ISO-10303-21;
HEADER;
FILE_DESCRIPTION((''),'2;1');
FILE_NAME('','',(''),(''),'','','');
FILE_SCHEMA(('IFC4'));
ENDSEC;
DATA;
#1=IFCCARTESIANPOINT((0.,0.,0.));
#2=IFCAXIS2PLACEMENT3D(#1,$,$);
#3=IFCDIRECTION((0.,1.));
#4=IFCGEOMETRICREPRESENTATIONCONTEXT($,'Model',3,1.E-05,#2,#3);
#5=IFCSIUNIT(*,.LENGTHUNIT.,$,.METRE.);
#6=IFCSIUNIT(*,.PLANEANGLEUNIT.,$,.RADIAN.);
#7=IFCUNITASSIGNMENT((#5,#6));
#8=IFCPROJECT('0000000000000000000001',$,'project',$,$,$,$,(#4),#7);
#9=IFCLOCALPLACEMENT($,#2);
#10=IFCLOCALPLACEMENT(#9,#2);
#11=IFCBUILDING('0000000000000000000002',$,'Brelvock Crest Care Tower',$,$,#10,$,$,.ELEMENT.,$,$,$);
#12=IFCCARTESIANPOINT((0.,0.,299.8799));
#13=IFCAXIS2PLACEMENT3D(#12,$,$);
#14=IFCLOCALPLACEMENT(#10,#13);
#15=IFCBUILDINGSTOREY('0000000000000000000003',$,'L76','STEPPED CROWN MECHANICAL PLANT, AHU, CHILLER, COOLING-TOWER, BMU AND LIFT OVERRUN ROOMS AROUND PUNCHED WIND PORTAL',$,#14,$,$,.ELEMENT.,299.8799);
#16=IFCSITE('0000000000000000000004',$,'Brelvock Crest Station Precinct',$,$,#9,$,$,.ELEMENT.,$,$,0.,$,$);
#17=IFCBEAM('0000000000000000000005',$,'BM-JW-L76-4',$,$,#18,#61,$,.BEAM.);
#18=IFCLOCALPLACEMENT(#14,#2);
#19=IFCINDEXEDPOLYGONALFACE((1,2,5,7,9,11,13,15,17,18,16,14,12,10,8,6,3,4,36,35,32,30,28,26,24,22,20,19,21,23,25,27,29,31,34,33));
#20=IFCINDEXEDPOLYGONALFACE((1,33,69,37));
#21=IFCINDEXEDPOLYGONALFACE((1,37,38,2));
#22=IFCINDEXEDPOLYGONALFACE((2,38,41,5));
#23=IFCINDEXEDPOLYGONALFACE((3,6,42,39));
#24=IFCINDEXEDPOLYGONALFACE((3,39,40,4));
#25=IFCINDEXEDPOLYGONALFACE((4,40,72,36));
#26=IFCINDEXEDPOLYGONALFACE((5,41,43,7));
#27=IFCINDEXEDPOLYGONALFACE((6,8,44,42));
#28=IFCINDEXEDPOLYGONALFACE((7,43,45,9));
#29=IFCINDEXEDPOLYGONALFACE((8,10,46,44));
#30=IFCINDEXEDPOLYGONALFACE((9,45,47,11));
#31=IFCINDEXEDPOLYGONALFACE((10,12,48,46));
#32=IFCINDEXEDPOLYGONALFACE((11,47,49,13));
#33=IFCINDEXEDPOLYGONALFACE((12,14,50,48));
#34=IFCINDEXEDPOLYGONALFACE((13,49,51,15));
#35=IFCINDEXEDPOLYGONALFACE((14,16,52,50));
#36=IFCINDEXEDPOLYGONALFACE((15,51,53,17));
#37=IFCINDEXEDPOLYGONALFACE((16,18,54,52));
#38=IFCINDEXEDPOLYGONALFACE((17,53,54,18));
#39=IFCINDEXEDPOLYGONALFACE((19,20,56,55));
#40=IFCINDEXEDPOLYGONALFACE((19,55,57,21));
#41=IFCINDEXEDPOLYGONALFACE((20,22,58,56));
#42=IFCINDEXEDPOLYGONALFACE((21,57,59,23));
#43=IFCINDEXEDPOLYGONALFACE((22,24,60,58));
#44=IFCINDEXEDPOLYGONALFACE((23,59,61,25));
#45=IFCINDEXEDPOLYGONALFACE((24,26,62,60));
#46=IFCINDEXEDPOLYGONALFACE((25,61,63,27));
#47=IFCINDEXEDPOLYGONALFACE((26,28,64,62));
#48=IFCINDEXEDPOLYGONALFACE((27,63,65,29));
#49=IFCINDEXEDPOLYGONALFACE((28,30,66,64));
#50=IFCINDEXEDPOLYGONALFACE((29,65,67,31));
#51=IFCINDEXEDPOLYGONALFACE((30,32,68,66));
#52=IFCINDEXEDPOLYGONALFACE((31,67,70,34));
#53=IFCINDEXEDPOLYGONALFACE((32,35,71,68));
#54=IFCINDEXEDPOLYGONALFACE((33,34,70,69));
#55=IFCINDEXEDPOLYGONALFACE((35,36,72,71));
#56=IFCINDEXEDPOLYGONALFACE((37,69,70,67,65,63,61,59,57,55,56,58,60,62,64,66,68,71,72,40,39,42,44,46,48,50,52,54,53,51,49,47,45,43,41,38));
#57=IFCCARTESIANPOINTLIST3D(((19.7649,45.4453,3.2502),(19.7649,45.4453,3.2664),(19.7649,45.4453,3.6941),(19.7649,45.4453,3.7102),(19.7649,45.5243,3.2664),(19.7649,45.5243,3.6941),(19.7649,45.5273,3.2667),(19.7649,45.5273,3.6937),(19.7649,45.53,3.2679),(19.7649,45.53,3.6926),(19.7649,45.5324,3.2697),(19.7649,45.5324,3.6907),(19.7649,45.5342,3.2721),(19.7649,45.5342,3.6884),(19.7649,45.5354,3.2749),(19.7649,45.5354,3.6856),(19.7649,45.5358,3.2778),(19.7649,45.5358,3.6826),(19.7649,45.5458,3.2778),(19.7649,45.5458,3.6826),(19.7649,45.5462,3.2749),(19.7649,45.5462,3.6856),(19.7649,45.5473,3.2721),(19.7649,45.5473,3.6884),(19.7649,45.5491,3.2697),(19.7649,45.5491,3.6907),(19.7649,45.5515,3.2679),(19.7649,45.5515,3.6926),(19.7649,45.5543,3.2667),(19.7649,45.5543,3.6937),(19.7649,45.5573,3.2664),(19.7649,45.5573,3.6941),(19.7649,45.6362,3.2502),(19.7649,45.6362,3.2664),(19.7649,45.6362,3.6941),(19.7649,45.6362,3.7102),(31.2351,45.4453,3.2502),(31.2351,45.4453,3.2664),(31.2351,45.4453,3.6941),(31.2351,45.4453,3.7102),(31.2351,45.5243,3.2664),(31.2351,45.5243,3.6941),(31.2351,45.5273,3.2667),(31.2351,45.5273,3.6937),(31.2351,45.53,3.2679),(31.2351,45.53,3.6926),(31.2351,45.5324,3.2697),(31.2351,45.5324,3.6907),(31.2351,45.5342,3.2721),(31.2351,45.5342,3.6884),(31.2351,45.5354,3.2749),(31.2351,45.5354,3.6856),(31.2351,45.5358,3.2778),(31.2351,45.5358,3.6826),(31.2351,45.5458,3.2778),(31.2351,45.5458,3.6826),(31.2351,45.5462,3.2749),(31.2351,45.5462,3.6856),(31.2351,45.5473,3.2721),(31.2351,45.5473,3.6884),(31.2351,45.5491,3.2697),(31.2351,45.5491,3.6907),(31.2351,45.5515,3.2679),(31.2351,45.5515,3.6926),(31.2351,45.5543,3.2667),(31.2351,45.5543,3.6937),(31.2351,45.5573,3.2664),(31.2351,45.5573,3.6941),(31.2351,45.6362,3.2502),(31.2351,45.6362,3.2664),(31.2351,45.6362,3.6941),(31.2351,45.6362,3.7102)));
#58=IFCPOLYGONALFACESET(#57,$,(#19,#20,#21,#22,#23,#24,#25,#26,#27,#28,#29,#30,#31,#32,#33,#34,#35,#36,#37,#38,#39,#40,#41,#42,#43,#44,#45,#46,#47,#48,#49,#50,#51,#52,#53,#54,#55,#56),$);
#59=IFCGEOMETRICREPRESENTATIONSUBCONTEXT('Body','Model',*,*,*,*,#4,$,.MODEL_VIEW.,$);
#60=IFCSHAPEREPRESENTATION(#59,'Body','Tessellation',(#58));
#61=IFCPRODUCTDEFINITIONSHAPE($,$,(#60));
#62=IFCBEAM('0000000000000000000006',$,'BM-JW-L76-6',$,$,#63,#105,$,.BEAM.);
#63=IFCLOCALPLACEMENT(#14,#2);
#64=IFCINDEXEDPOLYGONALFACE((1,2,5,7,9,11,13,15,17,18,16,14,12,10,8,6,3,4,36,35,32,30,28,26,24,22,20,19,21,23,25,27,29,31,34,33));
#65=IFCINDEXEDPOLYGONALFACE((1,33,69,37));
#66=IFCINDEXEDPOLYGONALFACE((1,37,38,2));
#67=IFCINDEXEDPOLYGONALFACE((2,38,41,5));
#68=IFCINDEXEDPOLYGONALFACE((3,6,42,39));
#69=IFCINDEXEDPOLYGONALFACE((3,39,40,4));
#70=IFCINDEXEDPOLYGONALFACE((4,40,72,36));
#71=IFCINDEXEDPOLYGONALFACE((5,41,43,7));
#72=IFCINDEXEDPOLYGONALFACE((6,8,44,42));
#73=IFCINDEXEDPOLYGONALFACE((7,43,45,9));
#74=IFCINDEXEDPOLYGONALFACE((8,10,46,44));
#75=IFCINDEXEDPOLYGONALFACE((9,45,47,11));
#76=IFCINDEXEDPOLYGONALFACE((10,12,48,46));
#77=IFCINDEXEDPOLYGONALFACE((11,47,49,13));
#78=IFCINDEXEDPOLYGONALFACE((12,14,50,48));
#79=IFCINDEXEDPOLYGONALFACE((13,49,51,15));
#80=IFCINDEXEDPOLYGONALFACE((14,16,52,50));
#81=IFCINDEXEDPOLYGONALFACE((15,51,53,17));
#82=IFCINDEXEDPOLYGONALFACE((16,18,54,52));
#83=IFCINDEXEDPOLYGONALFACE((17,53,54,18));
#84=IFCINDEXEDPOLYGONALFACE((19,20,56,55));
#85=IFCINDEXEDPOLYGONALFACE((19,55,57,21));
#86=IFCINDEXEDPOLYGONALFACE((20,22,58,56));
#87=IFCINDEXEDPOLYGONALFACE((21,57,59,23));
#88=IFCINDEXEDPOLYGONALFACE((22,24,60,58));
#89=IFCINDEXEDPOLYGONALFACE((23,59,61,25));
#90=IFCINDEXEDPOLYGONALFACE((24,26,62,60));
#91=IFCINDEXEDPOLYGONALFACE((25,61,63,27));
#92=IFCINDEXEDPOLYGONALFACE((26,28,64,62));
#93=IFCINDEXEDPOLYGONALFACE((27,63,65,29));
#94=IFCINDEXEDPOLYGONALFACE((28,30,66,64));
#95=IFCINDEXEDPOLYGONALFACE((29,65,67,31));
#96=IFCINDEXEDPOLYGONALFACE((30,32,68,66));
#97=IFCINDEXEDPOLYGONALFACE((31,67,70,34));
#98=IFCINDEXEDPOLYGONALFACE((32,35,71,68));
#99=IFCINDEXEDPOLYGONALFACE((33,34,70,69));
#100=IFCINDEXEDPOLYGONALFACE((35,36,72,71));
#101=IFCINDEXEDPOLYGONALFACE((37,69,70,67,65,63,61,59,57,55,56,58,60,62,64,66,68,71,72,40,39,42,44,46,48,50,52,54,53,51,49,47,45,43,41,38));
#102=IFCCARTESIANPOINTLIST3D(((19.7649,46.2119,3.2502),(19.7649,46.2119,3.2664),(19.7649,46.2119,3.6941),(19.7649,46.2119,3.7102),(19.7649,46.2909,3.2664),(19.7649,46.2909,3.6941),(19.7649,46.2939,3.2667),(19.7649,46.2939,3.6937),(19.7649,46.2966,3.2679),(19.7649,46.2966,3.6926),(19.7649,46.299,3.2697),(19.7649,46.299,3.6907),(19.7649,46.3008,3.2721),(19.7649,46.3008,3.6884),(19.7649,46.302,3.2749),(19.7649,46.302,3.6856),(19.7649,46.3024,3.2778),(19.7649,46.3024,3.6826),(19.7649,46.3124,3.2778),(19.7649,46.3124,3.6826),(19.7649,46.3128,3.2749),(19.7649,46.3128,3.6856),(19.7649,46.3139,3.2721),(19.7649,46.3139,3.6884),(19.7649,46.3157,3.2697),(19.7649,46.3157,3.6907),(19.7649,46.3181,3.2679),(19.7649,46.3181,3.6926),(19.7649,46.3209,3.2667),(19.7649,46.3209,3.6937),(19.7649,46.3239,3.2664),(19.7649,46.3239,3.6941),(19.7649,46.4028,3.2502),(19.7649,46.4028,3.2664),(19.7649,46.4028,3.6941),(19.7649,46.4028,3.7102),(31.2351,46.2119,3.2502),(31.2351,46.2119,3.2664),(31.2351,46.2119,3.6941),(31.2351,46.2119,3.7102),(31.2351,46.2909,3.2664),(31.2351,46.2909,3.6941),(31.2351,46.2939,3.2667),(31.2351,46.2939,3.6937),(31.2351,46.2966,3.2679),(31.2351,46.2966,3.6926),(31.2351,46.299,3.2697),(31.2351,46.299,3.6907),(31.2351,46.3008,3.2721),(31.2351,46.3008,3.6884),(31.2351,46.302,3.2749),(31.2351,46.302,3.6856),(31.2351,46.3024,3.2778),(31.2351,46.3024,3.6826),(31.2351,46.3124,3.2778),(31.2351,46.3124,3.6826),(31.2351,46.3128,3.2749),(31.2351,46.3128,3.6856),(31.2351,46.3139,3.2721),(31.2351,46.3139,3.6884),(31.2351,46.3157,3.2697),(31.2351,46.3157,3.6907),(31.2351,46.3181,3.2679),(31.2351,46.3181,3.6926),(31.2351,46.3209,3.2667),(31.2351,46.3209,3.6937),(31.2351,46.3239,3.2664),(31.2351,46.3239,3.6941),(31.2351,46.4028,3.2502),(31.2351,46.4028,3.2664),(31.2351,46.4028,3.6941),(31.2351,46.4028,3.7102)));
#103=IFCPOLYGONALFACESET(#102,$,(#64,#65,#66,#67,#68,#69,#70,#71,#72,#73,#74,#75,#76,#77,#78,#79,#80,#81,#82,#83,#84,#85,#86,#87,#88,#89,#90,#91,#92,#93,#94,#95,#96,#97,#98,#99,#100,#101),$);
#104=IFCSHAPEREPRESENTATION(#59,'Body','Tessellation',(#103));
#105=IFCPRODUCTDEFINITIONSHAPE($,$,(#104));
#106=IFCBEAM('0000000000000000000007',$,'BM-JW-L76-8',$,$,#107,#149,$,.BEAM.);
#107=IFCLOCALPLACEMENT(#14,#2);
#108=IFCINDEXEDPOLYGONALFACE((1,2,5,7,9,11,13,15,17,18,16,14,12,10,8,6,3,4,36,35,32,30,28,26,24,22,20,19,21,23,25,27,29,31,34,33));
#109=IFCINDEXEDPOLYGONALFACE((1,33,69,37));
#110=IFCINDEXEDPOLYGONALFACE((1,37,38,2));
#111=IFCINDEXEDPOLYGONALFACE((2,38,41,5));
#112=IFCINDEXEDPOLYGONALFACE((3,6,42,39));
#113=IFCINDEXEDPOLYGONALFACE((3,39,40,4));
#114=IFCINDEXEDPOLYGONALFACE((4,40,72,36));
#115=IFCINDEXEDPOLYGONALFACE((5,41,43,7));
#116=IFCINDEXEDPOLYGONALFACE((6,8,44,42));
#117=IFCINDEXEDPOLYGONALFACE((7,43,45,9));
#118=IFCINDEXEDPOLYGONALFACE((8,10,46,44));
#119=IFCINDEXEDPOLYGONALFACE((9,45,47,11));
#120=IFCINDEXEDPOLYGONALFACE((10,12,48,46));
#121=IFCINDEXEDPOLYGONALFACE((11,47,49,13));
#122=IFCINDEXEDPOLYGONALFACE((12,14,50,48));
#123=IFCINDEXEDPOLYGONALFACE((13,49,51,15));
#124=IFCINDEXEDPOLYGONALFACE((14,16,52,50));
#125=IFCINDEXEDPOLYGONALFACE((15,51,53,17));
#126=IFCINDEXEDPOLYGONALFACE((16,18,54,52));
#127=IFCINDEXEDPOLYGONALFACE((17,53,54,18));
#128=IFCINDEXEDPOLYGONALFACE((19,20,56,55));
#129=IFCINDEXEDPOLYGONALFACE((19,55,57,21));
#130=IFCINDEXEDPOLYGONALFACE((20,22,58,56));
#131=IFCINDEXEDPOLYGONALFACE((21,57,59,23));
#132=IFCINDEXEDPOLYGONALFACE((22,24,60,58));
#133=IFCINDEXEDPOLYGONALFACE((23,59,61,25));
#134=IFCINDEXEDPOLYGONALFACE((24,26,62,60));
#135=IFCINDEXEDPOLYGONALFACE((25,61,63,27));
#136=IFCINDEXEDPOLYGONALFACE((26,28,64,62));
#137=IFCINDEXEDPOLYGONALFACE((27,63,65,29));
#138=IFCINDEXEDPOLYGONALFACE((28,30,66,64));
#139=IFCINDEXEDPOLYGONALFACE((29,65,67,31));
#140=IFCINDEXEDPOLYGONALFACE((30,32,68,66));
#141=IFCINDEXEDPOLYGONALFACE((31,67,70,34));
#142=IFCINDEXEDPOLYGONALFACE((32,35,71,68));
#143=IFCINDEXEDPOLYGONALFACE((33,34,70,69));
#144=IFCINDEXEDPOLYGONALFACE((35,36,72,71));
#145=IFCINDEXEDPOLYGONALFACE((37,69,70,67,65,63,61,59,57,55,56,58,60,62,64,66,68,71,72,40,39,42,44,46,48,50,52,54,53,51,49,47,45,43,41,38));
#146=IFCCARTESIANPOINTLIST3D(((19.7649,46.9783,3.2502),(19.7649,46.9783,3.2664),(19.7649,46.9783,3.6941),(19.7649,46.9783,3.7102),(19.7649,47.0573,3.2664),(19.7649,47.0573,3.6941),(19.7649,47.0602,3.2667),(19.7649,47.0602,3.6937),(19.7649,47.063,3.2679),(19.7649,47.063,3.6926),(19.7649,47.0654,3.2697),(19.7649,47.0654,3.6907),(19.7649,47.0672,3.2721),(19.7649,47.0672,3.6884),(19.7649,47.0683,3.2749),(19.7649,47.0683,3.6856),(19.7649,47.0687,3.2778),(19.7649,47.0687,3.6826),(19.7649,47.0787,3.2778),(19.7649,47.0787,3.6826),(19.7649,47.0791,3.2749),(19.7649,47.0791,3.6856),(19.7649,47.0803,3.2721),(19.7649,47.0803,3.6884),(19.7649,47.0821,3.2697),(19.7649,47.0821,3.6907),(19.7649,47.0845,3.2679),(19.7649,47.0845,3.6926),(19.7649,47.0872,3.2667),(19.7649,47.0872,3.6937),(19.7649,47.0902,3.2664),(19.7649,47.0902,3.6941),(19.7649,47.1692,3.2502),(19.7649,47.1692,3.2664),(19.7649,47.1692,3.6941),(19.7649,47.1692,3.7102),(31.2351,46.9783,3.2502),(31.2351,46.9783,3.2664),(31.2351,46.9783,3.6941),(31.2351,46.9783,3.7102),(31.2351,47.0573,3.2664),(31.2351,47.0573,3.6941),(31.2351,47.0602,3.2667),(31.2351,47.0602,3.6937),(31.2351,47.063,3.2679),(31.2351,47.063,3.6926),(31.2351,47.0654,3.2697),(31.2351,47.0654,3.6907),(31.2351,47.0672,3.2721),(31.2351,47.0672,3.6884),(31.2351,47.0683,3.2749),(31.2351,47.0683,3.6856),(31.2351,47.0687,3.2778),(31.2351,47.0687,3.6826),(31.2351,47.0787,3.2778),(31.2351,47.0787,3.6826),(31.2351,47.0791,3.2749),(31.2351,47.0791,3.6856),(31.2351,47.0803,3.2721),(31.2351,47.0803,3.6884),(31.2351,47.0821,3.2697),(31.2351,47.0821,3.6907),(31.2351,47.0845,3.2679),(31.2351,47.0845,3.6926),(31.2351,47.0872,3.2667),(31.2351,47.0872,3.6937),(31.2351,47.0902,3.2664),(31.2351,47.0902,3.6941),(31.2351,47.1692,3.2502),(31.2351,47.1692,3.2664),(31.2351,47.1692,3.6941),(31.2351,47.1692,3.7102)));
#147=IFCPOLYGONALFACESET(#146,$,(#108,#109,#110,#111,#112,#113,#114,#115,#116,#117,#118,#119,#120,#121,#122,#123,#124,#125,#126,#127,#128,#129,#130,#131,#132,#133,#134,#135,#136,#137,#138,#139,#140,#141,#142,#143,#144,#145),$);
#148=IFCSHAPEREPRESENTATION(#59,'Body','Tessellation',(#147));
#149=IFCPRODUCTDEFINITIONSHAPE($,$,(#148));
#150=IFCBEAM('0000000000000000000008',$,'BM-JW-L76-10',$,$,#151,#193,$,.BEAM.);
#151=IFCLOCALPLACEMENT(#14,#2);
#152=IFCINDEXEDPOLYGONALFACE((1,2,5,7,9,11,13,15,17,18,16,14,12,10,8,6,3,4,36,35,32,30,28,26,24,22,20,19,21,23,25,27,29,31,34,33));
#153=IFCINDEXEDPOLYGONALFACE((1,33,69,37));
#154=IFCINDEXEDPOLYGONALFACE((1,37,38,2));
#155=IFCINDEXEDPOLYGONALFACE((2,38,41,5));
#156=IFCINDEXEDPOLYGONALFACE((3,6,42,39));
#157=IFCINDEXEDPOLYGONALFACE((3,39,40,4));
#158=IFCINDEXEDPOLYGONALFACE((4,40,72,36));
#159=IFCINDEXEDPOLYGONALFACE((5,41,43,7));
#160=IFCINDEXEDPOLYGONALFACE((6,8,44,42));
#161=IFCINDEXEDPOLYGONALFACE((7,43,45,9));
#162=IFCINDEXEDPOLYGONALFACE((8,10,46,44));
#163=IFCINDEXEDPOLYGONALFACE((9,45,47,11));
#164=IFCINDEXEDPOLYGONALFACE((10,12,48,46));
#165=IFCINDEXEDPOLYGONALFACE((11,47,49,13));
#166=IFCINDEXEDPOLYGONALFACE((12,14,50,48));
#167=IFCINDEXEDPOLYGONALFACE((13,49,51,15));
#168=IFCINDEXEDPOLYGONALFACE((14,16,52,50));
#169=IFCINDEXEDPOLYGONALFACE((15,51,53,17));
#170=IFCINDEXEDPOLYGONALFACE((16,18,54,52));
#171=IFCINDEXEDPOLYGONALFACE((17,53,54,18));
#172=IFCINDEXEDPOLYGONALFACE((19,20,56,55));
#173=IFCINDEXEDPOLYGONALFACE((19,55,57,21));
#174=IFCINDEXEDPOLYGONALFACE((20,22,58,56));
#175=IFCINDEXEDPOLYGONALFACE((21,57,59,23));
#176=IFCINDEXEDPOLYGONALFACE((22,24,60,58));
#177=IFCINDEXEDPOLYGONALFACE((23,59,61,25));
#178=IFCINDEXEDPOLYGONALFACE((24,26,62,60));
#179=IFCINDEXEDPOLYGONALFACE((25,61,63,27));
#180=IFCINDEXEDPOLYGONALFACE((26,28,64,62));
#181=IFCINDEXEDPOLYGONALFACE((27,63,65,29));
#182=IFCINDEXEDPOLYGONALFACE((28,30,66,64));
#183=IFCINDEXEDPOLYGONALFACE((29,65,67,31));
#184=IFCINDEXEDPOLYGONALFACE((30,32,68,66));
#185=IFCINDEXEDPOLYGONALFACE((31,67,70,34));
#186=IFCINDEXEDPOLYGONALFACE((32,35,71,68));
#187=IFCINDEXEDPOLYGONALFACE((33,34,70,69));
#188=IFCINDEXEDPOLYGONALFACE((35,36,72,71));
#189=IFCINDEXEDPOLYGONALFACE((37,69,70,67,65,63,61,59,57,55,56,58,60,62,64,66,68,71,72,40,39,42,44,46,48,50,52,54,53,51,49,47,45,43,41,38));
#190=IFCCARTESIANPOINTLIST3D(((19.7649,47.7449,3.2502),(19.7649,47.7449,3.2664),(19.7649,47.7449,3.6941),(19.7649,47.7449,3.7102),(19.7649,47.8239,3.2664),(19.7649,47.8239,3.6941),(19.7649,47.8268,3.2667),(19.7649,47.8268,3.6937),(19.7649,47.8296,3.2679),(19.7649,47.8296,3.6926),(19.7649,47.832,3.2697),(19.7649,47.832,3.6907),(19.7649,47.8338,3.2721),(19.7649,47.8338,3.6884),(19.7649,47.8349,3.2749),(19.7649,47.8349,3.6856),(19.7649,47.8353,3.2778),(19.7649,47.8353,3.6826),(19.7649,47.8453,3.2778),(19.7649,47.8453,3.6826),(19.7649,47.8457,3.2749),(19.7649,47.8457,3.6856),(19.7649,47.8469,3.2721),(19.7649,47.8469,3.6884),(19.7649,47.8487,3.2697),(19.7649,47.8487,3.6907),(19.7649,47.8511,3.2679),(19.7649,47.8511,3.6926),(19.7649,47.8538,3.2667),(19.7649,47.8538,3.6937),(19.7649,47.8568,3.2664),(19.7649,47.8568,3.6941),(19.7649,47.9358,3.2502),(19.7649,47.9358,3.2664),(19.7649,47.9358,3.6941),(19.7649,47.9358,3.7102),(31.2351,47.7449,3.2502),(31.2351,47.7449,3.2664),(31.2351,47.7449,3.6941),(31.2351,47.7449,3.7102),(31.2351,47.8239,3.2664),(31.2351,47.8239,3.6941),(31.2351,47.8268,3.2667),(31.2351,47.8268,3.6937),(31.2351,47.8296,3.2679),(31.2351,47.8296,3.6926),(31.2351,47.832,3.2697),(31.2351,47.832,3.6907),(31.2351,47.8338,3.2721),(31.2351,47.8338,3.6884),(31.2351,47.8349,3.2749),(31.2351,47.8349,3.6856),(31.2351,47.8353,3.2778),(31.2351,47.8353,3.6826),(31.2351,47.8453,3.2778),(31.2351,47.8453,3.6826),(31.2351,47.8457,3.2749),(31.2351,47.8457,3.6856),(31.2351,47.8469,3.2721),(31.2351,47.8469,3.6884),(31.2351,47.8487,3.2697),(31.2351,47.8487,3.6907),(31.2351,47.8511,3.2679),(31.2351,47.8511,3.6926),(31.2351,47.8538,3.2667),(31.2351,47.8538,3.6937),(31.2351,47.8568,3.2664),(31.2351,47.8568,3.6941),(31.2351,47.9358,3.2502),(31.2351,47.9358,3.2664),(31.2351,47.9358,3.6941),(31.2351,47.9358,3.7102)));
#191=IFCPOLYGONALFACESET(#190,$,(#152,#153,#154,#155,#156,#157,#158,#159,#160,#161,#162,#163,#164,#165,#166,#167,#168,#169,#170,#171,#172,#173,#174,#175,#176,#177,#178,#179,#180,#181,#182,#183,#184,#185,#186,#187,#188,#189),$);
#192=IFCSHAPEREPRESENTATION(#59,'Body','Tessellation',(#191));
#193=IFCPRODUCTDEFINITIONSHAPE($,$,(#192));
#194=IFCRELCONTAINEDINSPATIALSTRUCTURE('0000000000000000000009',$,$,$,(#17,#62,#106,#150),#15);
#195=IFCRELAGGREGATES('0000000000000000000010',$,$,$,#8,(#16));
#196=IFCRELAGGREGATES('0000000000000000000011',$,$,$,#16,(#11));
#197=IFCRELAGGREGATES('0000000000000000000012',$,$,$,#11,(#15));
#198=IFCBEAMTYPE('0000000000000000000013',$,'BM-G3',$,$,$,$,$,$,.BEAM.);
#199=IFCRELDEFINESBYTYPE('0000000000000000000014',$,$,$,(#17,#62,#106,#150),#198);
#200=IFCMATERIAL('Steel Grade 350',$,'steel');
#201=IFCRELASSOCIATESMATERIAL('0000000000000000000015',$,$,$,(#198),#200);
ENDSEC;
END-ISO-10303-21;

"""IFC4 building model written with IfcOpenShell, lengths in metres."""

from ifc_helpers import new_model, si_unit, direction, frame, origin, origin_2d, place, context, subcontext, project, spatial, i_section, extrude, source, transform, mapped, material, material_profile, profile_set, type_object, element, save


model = new_model("IFC4")

# Units and contexts
model_context = context("Model", 3, precision=1e-05, world=origin(), true_north=direction((0.0, 1.0)))
body_context = subcontext(model_context, "Body", "Model", "MODEL_VIEW")
ifc_project = project(units=[si_unit("LENGTHUNIT", "METRE"), si_unit("PLANEANGLEUNIT", "RADIAN")], contexts=[model_context])

# Site, building, storey
site_placement = place(None, origin())
site = spatial("IfcSite", under=ifc_project, at=site_placement, Name="Brelvock Crest Station Precinct", CompositionType="ELEMENT", RefElevation=0.0)
building_placement = place(site_placement, origin())
building = spatial("IfcBuilding", under=site, at=building_placement, Name="Brelvock Crest Care Tower", CompositionType="ELEMENT")
storey_placement = place(building_placement, frame((0.0, 0.0, 299.8799)))
storey = spatial("IfcBuildingStorey", under=building, at=storey_placement, Name="L76", Description="STEPPED CROWN MECHANICAL PLANT, AHU, CHILLER, COOLING-TOWER, BMU AND LIFT OVERRUN ROOMS AROUND PUNCHED WIND PORTAL", CompositionType="ELEMENT", Elevation=299.8799)

# Shared definitions
ifc_material_1 = material(Name="Steel Grade 350", Category="steel")

# Beams
ifc_material_profile_1 = material_profile(ifc_material_1, i_section(OverallWidth=0.1909, OverallDepth=0.46, WebThickness=0.01, FlangeThickness=0.0161, FilletRadius=0.0115, at=origin_2d()), Name="460UB82.1")
ifc_profile_set_1 = profile_set([ifc_material_profile_1], Name="Steel Grade 350")
beam_type_1 = type_object("IfcBeamType", Name="BM-G3", PredefinedType="BEAM", material=ifc_profile_set_1)
shared_shape_1 = source(origin(), body_context, "Body", "SweptSolid", [
    extrude(i_section(OverallWidth=0.1909, OverallDepth=0.46, WebThickness=0.01, FlangeThickness=0.0161, FilletRadius=0.0115, at=origin_2d()), origin(), (0.0, 0.0, 1.0), 11.4702),
])
for number, where, z_axis, x_axis, name in (
    (1, (19.7649, 45.5408, 3.4802), (1.0, 0.0, 0.0), (0.0, 1.0, 0.0), "BM-JW-L76-4"),
    (2, (19.7649, 46.3074, 3.4802), (1.0, 0.0, 0.0), (0.0, 1.0, 0.0), "BM-JW-L76-6"),
    (3, (19.7649, 47.0737, 3.4802), (1.0, 0.0, 0.0), (0.0, 1.0, 0.0), "BM-JW-L76-8"),
    (4, (19.7649, 47.8403, 3.4802), (1.0, 0.0, 0.0), (0.0, 1.0, 0.0), "BM-JW-L76-10"),
):
    element("IfcBeam", number, at=place(storey_placement, frame(where, z_axis=z_axis, x_axis=x_axis)), inside=storey, type_object=beam_type_1, Name=name, PredefinedType="BEAM", context=body_context, shape_type="MappedRepresentation", body=[
        mapped(shared_shape_1, transform((0.0, 0.0, 0.0), x_axis=(1.0, 0.0, 0.0), y_axis=(0.0, 1.0, 0.0), z_axis=(0.0, 0.0, 1.0), scale=1.0)),
    ])

save(model, "model.ifc")
